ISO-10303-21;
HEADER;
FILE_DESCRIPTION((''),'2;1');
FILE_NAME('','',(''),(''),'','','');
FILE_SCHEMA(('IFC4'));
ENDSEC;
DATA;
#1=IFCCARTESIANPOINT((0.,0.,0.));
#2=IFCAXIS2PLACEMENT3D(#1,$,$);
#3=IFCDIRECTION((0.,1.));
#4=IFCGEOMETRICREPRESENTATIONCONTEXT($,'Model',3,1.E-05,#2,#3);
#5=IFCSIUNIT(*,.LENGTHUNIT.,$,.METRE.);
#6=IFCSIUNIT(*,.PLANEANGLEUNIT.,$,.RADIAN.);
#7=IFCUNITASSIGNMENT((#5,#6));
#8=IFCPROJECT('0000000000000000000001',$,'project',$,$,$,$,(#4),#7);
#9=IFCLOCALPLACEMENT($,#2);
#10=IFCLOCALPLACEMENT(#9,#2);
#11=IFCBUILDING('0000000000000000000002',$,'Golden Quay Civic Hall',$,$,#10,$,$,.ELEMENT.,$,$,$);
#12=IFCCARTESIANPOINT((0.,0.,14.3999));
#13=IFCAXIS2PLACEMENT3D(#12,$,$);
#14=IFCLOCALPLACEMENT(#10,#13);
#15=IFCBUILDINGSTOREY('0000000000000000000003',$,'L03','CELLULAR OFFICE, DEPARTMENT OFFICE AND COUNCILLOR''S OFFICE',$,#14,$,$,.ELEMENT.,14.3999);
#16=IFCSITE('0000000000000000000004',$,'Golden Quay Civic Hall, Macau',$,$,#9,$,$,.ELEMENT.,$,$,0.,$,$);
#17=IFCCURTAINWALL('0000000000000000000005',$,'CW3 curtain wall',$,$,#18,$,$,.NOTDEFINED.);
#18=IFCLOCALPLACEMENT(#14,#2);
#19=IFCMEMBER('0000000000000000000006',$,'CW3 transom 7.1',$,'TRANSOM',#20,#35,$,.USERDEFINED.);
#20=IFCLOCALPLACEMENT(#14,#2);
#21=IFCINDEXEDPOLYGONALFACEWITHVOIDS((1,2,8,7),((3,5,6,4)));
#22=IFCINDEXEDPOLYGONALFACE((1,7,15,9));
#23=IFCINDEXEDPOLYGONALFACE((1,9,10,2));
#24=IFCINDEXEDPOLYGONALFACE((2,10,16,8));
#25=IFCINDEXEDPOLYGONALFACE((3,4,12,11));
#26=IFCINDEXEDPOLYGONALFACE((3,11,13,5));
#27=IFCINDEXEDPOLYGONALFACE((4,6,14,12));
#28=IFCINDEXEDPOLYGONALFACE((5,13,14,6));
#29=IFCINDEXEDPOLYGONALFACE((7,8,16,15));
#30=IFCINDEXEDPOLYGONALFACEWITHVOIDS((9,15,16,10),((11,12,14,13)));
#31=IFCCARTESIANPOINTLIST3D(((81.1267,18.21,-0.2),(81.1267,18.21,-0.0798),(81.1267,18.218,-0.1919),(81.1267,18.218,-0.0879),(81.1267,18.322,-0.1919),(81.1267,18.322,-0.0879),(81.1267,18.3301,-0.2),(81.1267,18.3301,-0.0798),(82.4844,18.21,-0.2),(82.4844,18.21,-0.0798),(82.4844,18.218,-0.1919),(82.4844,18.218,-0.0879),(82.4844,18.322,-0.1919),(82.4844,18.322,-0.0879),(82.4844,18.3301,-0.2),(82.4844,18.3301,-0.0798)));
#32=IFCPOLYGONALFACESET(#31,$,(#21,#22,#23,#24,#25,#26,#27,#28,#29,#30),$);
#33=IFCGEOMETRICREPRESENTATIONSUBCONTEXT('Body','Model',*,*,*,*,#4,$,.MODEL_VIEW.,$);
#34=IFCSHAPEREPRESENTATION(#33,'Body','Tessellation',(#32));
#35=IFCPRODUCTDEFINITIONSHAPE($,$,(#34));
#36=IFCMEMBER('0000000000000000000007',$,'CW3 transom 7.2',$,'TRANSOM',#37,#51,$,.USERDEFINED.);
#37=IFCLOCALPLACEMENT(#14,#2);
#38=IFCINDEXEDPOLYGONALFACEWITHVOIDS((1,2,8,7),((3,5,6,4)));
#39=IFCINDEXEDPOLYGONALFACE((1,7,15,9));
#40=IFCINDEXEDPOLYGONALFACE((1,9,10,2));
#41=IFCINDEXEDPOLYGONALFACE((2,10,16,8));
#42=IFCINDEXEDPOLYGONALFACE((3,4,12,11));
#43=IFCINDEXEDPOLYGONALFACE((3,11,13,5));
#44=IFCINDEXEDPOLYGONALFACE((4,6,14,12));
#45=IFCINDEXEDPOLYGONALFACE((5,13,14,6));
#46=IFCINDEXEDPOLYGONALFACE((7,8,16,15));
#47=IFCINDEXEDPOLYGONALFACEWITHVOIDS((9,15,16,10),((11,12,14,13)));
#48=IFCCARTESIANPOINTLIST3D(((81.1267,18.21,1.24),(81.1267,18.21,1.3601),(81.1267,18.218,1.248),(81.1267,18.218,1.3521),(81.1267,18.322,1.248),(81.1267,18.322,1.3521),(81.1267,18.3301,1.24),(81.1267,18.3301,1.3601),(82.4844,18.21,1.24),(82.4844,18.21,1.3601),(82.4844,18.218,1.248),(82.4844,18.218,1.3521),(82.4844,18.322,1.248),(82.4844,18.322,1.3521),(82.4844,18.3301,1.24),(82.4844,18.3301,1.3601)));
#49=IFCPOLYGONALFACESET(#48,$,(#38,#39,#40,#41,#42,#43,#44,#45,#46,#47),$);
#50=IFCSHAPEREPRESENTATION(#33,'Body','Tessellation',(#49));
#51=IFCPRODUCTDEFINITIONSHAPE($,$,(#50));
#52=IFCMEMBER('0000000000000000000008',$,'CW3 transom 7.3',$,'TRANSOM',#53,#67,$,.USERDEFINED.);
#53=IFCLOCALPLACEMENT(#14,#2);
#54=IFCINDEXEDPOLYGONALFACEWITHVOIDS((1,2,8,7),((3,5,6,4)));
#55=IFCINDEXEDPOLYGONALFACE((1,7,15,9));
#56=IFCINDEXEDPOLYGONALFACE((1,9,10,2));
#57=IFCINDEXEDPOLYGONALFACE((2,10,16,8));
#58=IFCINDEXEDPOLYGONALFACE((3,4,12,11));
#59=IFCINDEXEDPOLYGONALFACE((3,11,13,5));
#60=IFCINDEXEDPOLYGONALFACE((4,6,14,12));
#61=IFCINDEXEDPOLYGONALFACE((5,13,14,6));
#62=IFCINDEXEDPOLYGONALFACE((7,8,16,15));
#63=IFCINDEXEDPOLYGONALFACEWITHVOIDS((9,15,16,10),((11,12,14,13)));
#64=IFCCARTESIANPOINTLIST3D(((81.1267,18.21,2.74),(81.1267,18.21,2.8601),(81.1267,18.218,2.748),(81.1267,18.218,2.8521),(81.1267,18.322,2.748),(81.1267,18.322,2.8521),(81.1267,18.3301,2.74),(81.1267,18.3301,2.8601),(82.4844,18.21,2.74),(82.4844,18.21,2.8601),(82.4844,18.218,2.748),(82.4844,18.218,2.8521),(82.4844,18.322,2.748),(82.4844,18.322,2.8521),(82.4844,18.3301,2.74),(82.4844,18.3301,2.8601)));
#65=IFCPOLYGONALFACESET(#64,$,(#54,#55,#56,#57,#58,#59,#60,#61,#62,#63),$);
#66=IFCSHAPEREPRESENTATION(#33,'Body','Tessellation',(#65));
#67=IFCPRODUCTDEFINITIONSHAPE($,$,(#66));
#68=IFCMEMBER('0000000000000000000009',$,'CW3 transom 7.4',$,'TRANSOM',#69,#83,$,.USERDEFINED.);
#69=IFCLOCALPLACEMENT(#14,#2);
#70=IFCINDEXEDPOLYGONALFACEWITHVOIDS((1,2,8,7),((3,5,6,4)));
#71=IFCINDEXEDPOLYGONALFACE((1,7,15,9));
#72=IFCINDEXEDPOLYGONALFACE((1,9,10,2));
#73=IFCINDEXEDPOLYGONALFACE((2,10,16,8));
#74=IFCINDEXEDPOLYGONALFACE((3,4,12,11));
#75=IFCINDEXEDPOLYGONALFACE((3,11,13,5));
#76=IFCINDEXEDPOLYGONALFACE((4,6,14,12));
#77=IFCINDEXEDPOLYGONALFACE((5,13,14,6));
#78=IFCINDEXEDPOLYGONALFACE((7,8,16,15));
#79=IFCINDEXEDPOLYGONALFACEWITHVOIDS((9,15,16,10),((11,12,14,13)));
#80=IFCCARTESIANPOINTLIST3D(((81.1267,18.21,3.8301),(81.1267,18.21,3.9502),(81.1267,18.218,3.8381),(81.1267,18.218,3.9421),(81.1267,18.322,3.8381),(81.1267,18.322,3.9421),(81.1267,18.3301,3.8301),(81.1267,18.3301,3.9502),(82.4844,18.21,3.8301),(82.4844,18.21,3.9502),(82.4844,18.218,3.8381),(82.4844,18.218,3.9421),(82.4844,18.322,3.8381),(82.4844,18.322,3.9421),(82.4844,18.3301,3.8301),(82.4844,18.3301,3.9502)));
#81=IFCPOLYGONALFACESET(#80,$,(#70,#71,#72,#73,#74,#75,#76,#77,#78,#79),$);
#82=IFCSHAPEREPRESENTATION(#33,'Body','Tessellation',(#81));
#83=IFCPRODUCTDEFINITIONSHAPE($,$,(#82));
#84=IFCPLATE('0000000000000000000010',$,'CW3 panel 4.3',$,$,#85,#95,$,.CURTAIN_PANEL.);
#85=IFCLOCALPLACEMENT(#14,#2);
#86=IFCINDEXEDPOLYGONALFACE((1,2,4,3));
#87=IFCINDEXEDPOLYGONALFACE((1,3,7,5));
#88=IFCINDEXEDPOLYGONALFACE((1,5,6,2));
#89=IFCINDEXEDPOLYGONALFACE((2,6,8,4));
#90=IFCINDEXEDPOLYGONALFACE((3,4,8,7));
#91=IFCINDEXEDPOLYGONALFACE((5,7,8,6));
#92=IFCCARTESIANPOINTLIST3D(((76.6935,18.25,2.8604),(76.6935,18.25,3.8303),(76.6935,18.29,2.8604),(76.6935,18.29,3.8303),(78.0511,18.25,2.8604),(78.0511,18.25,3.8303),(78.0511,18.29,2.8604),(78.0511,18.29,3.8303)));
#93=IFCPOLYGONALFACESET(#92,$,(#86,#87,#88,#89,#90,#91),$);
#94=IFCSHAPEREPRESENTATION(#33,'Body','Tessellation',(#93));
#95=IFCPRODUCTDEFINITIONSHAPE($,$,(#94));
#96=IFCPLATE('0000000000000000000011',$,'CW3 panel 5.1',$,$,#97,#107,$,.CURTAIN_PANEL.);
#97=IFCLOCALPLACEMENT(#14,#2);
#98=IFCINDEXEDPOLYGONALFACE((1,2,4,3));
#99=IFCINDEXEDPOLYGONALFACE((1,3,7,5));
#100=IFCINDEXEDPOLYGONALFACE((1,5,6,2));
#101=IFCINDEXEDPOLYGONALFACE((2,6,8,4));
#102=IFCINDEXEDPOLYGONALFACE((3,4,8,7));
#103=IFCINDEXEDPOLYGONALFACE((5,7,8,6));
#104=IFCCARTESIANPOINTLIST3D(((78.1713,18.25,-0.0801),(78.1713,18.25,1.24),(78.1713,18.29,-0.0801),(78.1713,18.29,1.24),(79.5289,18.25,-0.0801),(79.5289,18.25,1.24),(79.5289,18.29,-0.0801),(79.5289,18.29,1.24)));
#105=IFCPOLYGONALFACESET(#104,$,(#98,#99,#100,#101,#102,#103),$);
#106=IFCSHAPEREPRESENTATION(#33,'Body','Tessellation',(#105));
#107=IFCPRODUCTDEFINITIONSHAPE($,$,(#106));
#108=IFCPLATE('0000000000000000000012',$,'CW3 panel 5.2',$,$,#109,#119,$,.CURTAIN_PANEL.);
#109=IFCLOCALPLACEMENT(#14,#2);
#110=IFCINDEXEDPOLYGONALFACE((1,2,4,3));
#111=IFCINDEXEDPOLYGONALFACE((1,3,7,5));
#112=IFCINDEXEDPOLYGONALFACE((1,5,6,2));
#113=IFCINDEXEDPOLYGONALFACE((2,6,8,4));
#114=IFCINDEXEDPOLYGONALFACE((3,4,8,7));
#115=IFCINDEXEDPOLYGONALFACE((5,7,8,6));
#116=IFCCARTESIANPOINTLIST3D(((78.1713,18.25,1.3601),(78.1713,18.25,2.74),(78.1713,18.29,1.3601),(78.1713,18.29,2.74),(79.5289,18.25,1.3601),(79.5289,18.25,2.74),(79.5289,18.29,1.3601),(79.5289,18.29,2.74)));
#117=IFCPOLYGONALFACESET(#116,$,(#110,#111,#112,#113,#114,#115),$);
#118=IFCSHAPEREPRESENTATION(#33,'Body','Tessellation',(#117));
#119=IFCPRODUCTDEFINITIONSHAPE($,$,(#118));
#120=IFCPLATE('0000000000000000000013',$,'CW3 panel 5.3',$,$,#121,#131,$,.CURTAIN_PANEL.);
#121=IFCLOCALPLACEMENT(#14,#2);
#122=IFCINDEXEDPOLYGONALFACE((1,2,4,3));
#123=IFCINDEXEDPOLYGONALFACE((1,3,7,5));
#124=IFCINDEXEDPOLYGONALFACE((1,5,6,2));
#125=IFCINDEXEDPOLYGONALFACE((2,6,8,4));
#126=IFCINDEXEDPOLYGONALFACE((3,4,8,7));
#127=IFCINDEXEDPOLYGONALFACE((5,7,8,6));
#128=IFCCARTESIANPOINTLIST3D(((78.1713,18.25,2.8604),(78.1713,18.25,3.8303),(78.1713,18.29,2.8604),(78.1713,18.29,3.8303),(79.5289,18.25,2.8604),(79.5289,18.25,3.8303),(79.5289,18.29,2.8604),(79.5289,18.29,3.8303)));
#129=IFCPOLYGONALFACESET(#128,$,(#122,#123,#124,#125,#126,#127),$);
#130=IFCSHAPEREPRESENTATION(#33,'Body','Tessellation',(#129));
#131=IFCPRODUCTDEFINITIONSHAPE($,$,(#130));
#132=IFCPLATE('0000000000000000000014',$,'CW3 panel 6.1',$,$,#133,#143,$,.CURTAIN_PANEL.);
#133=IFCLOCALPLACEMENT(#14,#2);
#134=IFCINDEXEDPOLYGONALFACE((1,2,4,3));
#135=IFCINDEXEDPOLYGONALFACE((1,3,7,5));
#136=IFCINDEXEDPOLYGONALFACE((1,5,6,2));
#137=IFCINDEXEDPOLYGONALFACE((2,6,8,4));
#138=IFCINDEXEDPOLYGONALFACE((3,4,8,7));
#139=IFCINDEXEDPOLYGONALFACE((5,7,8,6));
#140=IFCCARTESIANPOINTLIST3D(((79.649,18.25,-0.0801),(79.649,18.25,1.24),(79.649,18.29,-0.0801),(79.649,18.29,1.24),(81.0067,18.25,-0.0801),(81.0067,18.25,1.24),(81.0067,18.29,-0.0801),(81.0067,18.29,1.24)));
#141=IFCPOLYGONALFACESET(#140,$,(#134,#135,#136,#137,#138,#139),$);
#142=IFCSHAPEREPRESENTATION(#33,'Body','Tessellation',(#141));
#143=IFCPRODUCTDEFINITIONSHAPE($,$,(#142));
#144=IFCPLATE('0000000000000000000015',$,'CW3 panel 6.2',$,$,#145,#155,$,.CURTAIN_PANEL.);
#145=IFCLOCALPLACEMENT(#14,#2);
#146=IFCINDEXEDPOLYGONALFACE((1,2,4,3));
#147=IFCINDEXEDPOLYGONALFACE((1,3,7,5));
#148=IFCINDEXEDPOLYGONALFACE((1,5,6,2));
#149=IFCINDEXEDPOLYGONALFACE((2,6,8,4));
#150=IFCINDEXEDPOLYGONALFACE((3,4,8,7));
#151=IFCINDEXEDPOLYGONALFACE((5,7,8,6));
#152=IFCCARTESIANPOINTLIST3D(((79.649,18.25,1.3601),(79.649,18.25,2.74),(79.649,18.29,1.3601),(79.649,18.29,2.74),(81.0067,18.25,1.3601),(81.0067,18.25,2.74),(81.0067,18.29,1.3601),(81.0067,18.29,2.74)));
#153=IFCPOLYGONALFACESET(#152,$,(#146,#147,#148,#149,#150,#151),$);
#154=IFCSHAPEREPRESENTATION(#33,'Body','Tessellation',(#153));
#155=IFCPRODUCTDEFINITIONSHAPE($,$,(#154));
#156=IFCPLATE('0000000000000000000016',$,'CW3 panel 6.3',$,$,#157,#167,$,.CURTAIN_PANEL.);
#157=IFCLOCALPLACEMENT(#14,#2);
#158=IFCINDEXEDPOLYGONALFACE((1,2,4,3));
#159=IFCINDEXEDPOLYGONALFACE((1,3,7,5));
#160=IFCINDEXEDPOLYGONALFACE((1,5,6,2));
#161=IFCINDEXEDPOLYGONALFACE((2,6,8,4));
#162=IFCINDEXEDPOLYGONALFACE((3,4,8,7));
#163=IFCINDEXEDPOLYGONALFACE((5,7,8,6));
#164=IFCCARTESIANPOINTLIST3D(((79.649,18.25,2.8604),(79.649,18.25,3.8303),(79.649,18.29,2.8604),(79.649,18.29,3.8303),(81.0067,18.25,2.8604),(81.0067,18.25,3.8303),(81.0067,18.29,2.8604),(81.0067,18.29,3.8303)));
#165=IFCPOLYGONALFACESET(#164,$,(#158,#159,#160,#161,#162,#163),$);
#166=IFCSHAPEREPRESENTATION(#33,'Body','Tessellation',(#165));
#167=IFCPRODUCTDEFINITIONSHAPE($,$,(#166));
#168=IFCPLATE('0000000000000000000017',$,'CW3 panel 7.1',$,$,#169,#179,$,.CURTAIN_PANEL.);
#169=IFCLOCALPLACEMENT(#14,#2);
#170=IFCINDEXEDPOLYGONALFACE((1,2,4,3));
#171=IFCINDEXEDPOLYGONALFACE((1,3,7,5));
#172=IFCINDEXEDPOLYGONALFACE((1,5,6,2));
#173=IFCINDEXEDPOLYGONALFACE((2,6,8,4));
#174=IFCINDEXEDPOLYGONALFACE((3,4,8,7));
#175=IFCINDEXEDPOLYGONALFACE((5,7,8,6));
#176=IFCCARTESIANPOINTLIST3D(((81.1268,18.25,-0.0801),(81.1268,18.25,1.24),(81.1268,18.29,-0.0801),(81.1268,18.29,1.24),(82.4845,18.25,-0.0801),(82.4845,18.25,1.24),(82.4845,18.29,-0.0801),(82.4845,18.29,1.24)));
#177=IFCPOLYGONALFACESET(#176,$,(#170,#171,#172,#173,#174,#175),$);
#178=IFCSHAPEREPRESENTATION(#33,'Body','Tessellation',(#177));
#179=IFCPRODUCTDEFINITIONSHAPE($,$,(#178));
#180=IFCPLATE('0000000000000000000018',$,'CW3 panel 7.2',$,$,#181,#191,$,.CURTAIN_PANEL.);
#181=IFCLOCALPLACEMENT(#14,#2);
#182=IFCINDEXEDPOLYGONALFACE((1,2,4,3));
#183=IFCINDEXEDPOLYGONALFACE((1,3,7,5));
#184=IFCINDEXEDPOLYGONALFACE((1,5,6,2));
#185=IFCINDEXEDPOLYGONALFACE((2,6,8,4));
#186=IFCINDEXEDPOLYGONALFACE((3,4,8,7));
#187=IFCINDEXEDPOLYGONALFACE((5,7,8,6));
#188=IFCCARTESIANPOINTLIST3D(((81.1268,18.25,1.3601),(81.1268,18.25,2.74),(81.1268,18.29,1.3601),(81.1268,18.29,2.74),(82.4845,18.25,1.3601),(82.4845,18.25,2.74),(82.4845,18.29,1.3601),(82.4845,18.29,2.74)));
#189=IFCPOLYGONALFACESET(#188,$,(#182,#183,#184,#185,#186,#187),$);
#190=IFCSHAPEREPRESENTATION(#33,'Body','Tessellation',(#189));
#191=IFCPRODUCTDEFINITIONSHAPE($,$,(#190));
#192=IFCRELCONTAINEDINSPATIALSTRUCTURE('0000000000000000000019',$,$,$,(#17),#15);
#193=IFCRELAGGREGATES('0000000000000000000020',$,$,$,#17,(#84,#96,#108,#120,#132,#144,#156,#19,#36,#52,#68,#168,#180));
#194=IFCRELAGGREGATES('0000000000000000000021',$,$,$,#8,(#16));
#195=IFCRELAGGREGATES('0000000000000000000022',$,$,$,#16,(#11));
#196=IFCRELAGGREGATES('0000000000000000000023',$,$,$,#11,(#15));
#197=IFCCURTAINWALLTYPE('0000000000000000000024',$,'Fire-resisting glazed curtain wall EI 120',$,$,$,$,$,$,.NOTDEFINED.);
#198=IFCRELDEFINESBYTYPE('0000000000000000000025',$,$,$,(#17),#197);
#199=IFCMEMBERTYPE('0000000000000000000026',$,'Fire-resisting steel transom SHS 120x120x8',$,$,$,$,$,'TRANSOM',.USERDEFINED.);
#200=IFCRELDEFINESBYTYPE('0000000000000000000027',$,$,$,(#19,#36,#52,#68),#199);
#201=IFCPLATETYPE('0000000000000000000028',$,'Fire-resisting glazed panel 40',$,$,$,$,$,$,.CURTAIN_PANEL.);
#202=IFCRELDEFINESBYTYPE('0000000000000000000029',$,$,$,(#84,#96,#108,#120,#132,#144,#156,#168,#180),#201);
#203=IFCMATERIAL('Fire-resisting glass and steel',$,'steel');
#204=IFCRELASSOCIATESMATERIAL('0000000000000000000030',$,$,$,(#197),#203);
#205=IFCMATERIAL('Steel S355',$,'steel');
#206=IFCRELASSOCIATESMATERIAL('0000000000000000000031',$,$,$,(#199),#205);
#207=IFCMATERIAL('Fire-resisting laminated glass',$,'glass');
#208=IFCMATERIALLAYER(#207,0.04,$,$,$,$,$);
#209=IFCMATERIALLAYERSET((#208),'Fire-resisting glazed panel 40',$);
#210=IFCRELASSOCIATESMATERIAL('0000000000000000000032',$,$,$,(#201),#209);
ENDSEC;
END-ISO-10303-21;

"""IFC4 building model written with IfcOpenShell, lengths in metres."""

from ifc_helpers import new_model, si_unit, direction, frame, origin, origin_2d, place, context, subcontext, project, spatial, rectangle, hollow_rectangle, extrude, material, layer, layer_set, material_profile, profile_set, type_object, element, aggregate, save


model = new_model("IFC4")

# Units and contexts
model_context = context("Model", 3, precision=1e-05, world=origin(), true_north=direction((0.0, 1.0)))
body_context = subcontext(model_context, "Body", "Model", "MODEL_VIEW")
ifc_project = project(units=[si_unit("LENGTHUNIT", "METRE"), si_unit("PLANEANGLEUNIT", "RADIAN")], contexts=[model_context])

# Site, building, storey
site_placement = place(None, origin())
site = spatial("IfcSite", under=ifc_project, at=site_placement, Name="Golden Quay Civic Hall, Macau", CompositionType="ELEMENT", RefElevation=0.0)
building_placement = place(site_placement, origin())
building = spatial("IfcBuilding", under=site, at=building_placement, Name="Golden Quay Civic Hall", CompositionType="ELEMENT")
storey_placement = place(building_placement, frame((0.0, 0.0, 14.3999)))
storey = spatial("IfcBuildingStorey", under=building, at=storey_placement, Name="L03", Description="CELLULAR OFFICE, DEPARTMENT OFFICE AND COUNCILLOR'S OFFICE", CompositionType="ELEMENT", Elevation=14.3999)

# Curtain wall, members, plates
ifc_material_1 = material(Name="Fire-resisting glass and steel", Category="steel")
curtain_wall_type = type_object("IfcCurtainWallType", Name="Fire-resisting glazed curtain wall EI 120", PredefinedType="NOTDEFINED", material=ifc_material_1)
curtain_wall_placement = place(storey_placement, origin())
curtain_wall = element("IfcCurtainWall", 1, at=curtain_wall_placement, inside=storey, type_object=curtain_wall_type, Name="CW3 curtain wall", PredefinedType="NOTDEFINED")
ifc_material_2 = material(Name="Steel S355", Category="steel")
ifc_material_profile_1 = material_profile(ifc_material_2, hollow_rectangle(XDim=0.1201, YDim=0.1201, WallThickness=0.0081, at=origin_2d()), Name="SHS 120x120x8")
ifc_profile_set_1 = profile_set([ifc_material_profile_1], Name="Steel S355")
member_type_1 = type_object("IfcMemberType", Name="Fire-resisting steel transom SHS 120x120x8", ElementType="TRANSOM", PredefinedType="USERDEFINED", material=ifc_profile_set_1)
member_1_placement = place(storey_placement, frame((81.1267, 18.27, -0.1399), z_axis=(1.0, 0.0, 0.0), x_axis=(0.0, 1.0, 0.0)))
member_1 = element("IfcMember", 2, at=member_1_placement, type_object=member_type_1, Name="CW3 transom 7.1", ObjectType="TRANSOM", PredefinedType="USERDEFINED", context=body_context, shape_type="SweptSolid", body=[
    extrude(hollow_rectangle(XDim=0.1201, YDim=0.1201, WallThickness=0.0081, at=origin_2d()), origin(), (0.0, 0.0, 1.0), 1.3577),
])
member_2_placement = place(storey_placement, frame((81.1267, 18.27, 1.3), z_axis=(1.0, 0.0, 0.0), x_axis=(0.0, 1.0, 0.0)))
member_2 = element("IfcMember", 3, at=member_2_placement, type_object=member_type_1, Name="CW3 transom 7.2", ObjectType="TRANSOM", PredefinedType="USERDEFINED", context=body_context, shape_type="SweptSolid", body=[
    extrude(hollow_rectangle(XDim=0.1201, YDim=0.1201, WallThickness=0.0081, at=origin_2d()), origin(), (0.0, 0.0, 1.0), 1.3577),
])
member_3_placement = place(storey_placement, frame((81.1267, 18.27, 2.8), z_axis=(1.0, 0.0, 0.0), x_axis=(0.0, 1.0, 0.0)))
member_3 = element("IfcMember", 4, at=member_3_placement, type_object=member_type_1, Name="CW3 transom 7.3", ObjectType="TRANSOM", PredefinedType="USERDEFINED", context=body_context, shape_type="SweptSolid", body=[
    extrude(hollow_rectangle(XDim=0.1201, YDim=0.1201, WallThickness=0.0081, at=origin_2d()), origin(), (0.0, 0.0, 1.0), 1.3577),
])
member_4_placement = place(storey_placement, frame((81.1267, 18.27, 3.8901), z_axis=(1.0, 0.0, 0.0), x_axis=(0.0, 1.0, 0.0)))
member_4 = element("IfcMember", 5, at=member_4_placement, type_object=member_type_1, Name="CW3 transom 7.4", ObjectType="TRANSOM", PredefinedType="USERDEFINED", context=body_context, shape_type="SweptSolid", body=[
    extrude(hollow_rectangle(XDim=0.1201, YDim=0.1201, WallThickness=0.0081, at=origin_2d()), origin(), (0.0, 0.0, 1.0), 1.3577),
])
ifc_material_3 = material(Name="Fire-resisting laminated glass", Category="glass")
ifc_layer = layer(ifc_material_3, 0.04)
ifc_layer_set = layer_set([ifc_layer], Name="Fire-resisting glazed panel 40")
plate_type = type_object("IfcPlateType", Name="Fire-resisting glazed panel 40", PredefinedType="CURTAIN_PANEL", material=ifc_layer_set)
plate_1_placement = place(storey_placement, frame((77.3723, 18.27, 2.8604), z_axis=(0.0, 0.0, 1.0), x_axis=(1.0, 0.0, 0.0)))
plate_1 = element("IfcPlate", 6, at=plate_1_placement, type_object=plate_type, Name="CW3 panel 4.3", PredefinedType="CURTAIN_PANEL", context=body_context, shape_type="SweptSolid", body=[
    extrude(rectangle(XDim=1.3577, YDim=0.04, at=origin_2d()), origin(), (0.0, 0.0, 1.0), 0.97),
])
plate_2_placement = place(storey_placement, frame((78.8501, 18.27, -0.0801), z_axis=(0.0, 0.0, 1.0), x_axis=(1.0, 0.0, 0.0)))
plate_2 = element("IfcPlate", 7, at=plate_2_placement, type_object=plate_type, Name="CW3 panel 5.1", PredefinedType="CURTAIN_PANEL", context=body_context, shape_type="SweptSolid", body=[
    extrude(rectangle(XDim=1.3577, YDim=0.04, at=origin_2d()), origin(), (0.0, 0.0, 1.0), 1.3201),
])
plate_3_placement = place(storey_placement, frame((78.8501, 18.27, 1.3601), z_axis=(0.0, 0.0, 1.0), x_axis=(1.0, 0.0, 0.0)))
plate_3 = element("IfcPlate", 8, at=plate_3_placement, type_object=plate_type, Name="CW3 panel 5.2", PredefinedType="CURTAIN_PANEL", context=body_context, shape_type="SweptSolid", body=[
    extrude(rectangle(XDim=1.3577, YDim=0.04, at=origin_2d()), origin(), (0.0, 0.0, 1.0), 1.3799),
])
plate_4_placement = place(storey_placement, frame((78.8501, 18.27, 2.8604), z_axis=(0.0, 0.0, 1.0), x_axis=(1.0, 0.0, 0.0)))
plate_4 = element("IfcPlate", 9, at=plate_4_placement, type_object=plate_type, Name="CW3 panel 5.3", PredefinedType="CURTAIN_PANEL", context=body_context, shape_type="SweptSolid", body=[
    extrude(rectangle(XDim=1.3577, YDim=0.04, at=origin_2d()), origin(), (0.0, 0.0, 1.0), 0.97),
])
plate_5_placement = place(storey_placement, frame((80.3279, 18.27, -0.0801), z_axis=(0.0, 0.0, 1.0), x_axis=(1.0, 0.0, 0.0)))
plate_5 = element("IfcPlate", 10, at=plate_5_placement, type_object=plate_type, Name="CW3 panel 6.1", PredefinedType="CURTAIN_PANEL", context=body_context, shape_type="SweptSolid", body=[
    extrude(rectangle(XDim=1.3577, YDim=0.04, at=origin_2d()), origin(), (0.0, 0.0, 1.0), 1.3201),
])
plate_6_placement = place(storey_placement, frame((80.3279, 18.27, 1.3601), z_axis=(0.0, 0.0, 1.0), x_axis=(1.0, 0.0, 0.0)))
plate_6 = element("IfcPlate", 11, at=plate_6_placement, type_object=plate_type, Name="CW3 panel 6.2", PredefinedType="CURTAIN_PANEL", context=body_context, shape_type="SweptSolid", body=[
    extrude(rectangle(XDim=1.3577, YDim=0.04, at=origin_2d()), origin(), (0.0, 0.0, 1.0), 1.3799),
])
plate_7_placement = place(storey_placement, frame((80.3279, 18.27, 2.8604), z_axis=(0.0, 0.0, 1.0), x_axis=(1.0, 0.0, 0.0)))
plate_7 = element("IfcPlate", 12, at=plate_7_placement, type_object=plate_type, Name="CW3 panel 6.3", PredefinedType="CURTAIN_PANEL", context=body_context, shape_type="SweptSolid", body=[
    extrude(rectangle(XDim=1.3577, YDim=0.04, at=origin_2d()), origin(), (0.0, 0.0, 1.0), 0.97),
])
plate_8_placement = place(storey_placement, frame((81.8057, 18.27, -0.0801), z_axis=(0.0, 0.0, 1.0), x_axis=(1.0, 0.0, 0.0)))
plate_8 = element("IfcPlate", 13, at=plate_8_placement, type_object=plate_type, Name="CW3 panel 7.1", PredefinedType="CURTAIN_PANEL", context=body_context, shape_type="SweptSolid", body=[
    extrude(rectangle(XDim=1.3577, YDim=0.04, at=origin_2d()), origin(), (0.0, 0.0, 1.0), 1.3201),
])
plate_9_placement = place(storey_placement, frame((81.8057, 18.27, 1.3601), z_axis=(0.0, 0.0, 1.0), x_axis=(1.0, 0.0, 0.0)))
plate_9 = element("IfcPlate", 14, at=plate_9_placement, type_object=plate_type, Name="CW3 panel 7.2", PredefinedType="CURTAIN_PANEL", context=body_context, shape_type="SweptSolid", body=[
    extrude(rectangle(XDim=1.3577, YDim=0.04, at=origin_2d()), origin(), (0.0, 0.0, 1.0), 1.3799),
])
aggregate(curtain_wall, [plate_1, plate_2, plate_3, plate_4, plate_5, plate_6, plate_7, member_1, member_2, member_3, member_4, plate_8, plate_9])

save(model, "model.ifc")
